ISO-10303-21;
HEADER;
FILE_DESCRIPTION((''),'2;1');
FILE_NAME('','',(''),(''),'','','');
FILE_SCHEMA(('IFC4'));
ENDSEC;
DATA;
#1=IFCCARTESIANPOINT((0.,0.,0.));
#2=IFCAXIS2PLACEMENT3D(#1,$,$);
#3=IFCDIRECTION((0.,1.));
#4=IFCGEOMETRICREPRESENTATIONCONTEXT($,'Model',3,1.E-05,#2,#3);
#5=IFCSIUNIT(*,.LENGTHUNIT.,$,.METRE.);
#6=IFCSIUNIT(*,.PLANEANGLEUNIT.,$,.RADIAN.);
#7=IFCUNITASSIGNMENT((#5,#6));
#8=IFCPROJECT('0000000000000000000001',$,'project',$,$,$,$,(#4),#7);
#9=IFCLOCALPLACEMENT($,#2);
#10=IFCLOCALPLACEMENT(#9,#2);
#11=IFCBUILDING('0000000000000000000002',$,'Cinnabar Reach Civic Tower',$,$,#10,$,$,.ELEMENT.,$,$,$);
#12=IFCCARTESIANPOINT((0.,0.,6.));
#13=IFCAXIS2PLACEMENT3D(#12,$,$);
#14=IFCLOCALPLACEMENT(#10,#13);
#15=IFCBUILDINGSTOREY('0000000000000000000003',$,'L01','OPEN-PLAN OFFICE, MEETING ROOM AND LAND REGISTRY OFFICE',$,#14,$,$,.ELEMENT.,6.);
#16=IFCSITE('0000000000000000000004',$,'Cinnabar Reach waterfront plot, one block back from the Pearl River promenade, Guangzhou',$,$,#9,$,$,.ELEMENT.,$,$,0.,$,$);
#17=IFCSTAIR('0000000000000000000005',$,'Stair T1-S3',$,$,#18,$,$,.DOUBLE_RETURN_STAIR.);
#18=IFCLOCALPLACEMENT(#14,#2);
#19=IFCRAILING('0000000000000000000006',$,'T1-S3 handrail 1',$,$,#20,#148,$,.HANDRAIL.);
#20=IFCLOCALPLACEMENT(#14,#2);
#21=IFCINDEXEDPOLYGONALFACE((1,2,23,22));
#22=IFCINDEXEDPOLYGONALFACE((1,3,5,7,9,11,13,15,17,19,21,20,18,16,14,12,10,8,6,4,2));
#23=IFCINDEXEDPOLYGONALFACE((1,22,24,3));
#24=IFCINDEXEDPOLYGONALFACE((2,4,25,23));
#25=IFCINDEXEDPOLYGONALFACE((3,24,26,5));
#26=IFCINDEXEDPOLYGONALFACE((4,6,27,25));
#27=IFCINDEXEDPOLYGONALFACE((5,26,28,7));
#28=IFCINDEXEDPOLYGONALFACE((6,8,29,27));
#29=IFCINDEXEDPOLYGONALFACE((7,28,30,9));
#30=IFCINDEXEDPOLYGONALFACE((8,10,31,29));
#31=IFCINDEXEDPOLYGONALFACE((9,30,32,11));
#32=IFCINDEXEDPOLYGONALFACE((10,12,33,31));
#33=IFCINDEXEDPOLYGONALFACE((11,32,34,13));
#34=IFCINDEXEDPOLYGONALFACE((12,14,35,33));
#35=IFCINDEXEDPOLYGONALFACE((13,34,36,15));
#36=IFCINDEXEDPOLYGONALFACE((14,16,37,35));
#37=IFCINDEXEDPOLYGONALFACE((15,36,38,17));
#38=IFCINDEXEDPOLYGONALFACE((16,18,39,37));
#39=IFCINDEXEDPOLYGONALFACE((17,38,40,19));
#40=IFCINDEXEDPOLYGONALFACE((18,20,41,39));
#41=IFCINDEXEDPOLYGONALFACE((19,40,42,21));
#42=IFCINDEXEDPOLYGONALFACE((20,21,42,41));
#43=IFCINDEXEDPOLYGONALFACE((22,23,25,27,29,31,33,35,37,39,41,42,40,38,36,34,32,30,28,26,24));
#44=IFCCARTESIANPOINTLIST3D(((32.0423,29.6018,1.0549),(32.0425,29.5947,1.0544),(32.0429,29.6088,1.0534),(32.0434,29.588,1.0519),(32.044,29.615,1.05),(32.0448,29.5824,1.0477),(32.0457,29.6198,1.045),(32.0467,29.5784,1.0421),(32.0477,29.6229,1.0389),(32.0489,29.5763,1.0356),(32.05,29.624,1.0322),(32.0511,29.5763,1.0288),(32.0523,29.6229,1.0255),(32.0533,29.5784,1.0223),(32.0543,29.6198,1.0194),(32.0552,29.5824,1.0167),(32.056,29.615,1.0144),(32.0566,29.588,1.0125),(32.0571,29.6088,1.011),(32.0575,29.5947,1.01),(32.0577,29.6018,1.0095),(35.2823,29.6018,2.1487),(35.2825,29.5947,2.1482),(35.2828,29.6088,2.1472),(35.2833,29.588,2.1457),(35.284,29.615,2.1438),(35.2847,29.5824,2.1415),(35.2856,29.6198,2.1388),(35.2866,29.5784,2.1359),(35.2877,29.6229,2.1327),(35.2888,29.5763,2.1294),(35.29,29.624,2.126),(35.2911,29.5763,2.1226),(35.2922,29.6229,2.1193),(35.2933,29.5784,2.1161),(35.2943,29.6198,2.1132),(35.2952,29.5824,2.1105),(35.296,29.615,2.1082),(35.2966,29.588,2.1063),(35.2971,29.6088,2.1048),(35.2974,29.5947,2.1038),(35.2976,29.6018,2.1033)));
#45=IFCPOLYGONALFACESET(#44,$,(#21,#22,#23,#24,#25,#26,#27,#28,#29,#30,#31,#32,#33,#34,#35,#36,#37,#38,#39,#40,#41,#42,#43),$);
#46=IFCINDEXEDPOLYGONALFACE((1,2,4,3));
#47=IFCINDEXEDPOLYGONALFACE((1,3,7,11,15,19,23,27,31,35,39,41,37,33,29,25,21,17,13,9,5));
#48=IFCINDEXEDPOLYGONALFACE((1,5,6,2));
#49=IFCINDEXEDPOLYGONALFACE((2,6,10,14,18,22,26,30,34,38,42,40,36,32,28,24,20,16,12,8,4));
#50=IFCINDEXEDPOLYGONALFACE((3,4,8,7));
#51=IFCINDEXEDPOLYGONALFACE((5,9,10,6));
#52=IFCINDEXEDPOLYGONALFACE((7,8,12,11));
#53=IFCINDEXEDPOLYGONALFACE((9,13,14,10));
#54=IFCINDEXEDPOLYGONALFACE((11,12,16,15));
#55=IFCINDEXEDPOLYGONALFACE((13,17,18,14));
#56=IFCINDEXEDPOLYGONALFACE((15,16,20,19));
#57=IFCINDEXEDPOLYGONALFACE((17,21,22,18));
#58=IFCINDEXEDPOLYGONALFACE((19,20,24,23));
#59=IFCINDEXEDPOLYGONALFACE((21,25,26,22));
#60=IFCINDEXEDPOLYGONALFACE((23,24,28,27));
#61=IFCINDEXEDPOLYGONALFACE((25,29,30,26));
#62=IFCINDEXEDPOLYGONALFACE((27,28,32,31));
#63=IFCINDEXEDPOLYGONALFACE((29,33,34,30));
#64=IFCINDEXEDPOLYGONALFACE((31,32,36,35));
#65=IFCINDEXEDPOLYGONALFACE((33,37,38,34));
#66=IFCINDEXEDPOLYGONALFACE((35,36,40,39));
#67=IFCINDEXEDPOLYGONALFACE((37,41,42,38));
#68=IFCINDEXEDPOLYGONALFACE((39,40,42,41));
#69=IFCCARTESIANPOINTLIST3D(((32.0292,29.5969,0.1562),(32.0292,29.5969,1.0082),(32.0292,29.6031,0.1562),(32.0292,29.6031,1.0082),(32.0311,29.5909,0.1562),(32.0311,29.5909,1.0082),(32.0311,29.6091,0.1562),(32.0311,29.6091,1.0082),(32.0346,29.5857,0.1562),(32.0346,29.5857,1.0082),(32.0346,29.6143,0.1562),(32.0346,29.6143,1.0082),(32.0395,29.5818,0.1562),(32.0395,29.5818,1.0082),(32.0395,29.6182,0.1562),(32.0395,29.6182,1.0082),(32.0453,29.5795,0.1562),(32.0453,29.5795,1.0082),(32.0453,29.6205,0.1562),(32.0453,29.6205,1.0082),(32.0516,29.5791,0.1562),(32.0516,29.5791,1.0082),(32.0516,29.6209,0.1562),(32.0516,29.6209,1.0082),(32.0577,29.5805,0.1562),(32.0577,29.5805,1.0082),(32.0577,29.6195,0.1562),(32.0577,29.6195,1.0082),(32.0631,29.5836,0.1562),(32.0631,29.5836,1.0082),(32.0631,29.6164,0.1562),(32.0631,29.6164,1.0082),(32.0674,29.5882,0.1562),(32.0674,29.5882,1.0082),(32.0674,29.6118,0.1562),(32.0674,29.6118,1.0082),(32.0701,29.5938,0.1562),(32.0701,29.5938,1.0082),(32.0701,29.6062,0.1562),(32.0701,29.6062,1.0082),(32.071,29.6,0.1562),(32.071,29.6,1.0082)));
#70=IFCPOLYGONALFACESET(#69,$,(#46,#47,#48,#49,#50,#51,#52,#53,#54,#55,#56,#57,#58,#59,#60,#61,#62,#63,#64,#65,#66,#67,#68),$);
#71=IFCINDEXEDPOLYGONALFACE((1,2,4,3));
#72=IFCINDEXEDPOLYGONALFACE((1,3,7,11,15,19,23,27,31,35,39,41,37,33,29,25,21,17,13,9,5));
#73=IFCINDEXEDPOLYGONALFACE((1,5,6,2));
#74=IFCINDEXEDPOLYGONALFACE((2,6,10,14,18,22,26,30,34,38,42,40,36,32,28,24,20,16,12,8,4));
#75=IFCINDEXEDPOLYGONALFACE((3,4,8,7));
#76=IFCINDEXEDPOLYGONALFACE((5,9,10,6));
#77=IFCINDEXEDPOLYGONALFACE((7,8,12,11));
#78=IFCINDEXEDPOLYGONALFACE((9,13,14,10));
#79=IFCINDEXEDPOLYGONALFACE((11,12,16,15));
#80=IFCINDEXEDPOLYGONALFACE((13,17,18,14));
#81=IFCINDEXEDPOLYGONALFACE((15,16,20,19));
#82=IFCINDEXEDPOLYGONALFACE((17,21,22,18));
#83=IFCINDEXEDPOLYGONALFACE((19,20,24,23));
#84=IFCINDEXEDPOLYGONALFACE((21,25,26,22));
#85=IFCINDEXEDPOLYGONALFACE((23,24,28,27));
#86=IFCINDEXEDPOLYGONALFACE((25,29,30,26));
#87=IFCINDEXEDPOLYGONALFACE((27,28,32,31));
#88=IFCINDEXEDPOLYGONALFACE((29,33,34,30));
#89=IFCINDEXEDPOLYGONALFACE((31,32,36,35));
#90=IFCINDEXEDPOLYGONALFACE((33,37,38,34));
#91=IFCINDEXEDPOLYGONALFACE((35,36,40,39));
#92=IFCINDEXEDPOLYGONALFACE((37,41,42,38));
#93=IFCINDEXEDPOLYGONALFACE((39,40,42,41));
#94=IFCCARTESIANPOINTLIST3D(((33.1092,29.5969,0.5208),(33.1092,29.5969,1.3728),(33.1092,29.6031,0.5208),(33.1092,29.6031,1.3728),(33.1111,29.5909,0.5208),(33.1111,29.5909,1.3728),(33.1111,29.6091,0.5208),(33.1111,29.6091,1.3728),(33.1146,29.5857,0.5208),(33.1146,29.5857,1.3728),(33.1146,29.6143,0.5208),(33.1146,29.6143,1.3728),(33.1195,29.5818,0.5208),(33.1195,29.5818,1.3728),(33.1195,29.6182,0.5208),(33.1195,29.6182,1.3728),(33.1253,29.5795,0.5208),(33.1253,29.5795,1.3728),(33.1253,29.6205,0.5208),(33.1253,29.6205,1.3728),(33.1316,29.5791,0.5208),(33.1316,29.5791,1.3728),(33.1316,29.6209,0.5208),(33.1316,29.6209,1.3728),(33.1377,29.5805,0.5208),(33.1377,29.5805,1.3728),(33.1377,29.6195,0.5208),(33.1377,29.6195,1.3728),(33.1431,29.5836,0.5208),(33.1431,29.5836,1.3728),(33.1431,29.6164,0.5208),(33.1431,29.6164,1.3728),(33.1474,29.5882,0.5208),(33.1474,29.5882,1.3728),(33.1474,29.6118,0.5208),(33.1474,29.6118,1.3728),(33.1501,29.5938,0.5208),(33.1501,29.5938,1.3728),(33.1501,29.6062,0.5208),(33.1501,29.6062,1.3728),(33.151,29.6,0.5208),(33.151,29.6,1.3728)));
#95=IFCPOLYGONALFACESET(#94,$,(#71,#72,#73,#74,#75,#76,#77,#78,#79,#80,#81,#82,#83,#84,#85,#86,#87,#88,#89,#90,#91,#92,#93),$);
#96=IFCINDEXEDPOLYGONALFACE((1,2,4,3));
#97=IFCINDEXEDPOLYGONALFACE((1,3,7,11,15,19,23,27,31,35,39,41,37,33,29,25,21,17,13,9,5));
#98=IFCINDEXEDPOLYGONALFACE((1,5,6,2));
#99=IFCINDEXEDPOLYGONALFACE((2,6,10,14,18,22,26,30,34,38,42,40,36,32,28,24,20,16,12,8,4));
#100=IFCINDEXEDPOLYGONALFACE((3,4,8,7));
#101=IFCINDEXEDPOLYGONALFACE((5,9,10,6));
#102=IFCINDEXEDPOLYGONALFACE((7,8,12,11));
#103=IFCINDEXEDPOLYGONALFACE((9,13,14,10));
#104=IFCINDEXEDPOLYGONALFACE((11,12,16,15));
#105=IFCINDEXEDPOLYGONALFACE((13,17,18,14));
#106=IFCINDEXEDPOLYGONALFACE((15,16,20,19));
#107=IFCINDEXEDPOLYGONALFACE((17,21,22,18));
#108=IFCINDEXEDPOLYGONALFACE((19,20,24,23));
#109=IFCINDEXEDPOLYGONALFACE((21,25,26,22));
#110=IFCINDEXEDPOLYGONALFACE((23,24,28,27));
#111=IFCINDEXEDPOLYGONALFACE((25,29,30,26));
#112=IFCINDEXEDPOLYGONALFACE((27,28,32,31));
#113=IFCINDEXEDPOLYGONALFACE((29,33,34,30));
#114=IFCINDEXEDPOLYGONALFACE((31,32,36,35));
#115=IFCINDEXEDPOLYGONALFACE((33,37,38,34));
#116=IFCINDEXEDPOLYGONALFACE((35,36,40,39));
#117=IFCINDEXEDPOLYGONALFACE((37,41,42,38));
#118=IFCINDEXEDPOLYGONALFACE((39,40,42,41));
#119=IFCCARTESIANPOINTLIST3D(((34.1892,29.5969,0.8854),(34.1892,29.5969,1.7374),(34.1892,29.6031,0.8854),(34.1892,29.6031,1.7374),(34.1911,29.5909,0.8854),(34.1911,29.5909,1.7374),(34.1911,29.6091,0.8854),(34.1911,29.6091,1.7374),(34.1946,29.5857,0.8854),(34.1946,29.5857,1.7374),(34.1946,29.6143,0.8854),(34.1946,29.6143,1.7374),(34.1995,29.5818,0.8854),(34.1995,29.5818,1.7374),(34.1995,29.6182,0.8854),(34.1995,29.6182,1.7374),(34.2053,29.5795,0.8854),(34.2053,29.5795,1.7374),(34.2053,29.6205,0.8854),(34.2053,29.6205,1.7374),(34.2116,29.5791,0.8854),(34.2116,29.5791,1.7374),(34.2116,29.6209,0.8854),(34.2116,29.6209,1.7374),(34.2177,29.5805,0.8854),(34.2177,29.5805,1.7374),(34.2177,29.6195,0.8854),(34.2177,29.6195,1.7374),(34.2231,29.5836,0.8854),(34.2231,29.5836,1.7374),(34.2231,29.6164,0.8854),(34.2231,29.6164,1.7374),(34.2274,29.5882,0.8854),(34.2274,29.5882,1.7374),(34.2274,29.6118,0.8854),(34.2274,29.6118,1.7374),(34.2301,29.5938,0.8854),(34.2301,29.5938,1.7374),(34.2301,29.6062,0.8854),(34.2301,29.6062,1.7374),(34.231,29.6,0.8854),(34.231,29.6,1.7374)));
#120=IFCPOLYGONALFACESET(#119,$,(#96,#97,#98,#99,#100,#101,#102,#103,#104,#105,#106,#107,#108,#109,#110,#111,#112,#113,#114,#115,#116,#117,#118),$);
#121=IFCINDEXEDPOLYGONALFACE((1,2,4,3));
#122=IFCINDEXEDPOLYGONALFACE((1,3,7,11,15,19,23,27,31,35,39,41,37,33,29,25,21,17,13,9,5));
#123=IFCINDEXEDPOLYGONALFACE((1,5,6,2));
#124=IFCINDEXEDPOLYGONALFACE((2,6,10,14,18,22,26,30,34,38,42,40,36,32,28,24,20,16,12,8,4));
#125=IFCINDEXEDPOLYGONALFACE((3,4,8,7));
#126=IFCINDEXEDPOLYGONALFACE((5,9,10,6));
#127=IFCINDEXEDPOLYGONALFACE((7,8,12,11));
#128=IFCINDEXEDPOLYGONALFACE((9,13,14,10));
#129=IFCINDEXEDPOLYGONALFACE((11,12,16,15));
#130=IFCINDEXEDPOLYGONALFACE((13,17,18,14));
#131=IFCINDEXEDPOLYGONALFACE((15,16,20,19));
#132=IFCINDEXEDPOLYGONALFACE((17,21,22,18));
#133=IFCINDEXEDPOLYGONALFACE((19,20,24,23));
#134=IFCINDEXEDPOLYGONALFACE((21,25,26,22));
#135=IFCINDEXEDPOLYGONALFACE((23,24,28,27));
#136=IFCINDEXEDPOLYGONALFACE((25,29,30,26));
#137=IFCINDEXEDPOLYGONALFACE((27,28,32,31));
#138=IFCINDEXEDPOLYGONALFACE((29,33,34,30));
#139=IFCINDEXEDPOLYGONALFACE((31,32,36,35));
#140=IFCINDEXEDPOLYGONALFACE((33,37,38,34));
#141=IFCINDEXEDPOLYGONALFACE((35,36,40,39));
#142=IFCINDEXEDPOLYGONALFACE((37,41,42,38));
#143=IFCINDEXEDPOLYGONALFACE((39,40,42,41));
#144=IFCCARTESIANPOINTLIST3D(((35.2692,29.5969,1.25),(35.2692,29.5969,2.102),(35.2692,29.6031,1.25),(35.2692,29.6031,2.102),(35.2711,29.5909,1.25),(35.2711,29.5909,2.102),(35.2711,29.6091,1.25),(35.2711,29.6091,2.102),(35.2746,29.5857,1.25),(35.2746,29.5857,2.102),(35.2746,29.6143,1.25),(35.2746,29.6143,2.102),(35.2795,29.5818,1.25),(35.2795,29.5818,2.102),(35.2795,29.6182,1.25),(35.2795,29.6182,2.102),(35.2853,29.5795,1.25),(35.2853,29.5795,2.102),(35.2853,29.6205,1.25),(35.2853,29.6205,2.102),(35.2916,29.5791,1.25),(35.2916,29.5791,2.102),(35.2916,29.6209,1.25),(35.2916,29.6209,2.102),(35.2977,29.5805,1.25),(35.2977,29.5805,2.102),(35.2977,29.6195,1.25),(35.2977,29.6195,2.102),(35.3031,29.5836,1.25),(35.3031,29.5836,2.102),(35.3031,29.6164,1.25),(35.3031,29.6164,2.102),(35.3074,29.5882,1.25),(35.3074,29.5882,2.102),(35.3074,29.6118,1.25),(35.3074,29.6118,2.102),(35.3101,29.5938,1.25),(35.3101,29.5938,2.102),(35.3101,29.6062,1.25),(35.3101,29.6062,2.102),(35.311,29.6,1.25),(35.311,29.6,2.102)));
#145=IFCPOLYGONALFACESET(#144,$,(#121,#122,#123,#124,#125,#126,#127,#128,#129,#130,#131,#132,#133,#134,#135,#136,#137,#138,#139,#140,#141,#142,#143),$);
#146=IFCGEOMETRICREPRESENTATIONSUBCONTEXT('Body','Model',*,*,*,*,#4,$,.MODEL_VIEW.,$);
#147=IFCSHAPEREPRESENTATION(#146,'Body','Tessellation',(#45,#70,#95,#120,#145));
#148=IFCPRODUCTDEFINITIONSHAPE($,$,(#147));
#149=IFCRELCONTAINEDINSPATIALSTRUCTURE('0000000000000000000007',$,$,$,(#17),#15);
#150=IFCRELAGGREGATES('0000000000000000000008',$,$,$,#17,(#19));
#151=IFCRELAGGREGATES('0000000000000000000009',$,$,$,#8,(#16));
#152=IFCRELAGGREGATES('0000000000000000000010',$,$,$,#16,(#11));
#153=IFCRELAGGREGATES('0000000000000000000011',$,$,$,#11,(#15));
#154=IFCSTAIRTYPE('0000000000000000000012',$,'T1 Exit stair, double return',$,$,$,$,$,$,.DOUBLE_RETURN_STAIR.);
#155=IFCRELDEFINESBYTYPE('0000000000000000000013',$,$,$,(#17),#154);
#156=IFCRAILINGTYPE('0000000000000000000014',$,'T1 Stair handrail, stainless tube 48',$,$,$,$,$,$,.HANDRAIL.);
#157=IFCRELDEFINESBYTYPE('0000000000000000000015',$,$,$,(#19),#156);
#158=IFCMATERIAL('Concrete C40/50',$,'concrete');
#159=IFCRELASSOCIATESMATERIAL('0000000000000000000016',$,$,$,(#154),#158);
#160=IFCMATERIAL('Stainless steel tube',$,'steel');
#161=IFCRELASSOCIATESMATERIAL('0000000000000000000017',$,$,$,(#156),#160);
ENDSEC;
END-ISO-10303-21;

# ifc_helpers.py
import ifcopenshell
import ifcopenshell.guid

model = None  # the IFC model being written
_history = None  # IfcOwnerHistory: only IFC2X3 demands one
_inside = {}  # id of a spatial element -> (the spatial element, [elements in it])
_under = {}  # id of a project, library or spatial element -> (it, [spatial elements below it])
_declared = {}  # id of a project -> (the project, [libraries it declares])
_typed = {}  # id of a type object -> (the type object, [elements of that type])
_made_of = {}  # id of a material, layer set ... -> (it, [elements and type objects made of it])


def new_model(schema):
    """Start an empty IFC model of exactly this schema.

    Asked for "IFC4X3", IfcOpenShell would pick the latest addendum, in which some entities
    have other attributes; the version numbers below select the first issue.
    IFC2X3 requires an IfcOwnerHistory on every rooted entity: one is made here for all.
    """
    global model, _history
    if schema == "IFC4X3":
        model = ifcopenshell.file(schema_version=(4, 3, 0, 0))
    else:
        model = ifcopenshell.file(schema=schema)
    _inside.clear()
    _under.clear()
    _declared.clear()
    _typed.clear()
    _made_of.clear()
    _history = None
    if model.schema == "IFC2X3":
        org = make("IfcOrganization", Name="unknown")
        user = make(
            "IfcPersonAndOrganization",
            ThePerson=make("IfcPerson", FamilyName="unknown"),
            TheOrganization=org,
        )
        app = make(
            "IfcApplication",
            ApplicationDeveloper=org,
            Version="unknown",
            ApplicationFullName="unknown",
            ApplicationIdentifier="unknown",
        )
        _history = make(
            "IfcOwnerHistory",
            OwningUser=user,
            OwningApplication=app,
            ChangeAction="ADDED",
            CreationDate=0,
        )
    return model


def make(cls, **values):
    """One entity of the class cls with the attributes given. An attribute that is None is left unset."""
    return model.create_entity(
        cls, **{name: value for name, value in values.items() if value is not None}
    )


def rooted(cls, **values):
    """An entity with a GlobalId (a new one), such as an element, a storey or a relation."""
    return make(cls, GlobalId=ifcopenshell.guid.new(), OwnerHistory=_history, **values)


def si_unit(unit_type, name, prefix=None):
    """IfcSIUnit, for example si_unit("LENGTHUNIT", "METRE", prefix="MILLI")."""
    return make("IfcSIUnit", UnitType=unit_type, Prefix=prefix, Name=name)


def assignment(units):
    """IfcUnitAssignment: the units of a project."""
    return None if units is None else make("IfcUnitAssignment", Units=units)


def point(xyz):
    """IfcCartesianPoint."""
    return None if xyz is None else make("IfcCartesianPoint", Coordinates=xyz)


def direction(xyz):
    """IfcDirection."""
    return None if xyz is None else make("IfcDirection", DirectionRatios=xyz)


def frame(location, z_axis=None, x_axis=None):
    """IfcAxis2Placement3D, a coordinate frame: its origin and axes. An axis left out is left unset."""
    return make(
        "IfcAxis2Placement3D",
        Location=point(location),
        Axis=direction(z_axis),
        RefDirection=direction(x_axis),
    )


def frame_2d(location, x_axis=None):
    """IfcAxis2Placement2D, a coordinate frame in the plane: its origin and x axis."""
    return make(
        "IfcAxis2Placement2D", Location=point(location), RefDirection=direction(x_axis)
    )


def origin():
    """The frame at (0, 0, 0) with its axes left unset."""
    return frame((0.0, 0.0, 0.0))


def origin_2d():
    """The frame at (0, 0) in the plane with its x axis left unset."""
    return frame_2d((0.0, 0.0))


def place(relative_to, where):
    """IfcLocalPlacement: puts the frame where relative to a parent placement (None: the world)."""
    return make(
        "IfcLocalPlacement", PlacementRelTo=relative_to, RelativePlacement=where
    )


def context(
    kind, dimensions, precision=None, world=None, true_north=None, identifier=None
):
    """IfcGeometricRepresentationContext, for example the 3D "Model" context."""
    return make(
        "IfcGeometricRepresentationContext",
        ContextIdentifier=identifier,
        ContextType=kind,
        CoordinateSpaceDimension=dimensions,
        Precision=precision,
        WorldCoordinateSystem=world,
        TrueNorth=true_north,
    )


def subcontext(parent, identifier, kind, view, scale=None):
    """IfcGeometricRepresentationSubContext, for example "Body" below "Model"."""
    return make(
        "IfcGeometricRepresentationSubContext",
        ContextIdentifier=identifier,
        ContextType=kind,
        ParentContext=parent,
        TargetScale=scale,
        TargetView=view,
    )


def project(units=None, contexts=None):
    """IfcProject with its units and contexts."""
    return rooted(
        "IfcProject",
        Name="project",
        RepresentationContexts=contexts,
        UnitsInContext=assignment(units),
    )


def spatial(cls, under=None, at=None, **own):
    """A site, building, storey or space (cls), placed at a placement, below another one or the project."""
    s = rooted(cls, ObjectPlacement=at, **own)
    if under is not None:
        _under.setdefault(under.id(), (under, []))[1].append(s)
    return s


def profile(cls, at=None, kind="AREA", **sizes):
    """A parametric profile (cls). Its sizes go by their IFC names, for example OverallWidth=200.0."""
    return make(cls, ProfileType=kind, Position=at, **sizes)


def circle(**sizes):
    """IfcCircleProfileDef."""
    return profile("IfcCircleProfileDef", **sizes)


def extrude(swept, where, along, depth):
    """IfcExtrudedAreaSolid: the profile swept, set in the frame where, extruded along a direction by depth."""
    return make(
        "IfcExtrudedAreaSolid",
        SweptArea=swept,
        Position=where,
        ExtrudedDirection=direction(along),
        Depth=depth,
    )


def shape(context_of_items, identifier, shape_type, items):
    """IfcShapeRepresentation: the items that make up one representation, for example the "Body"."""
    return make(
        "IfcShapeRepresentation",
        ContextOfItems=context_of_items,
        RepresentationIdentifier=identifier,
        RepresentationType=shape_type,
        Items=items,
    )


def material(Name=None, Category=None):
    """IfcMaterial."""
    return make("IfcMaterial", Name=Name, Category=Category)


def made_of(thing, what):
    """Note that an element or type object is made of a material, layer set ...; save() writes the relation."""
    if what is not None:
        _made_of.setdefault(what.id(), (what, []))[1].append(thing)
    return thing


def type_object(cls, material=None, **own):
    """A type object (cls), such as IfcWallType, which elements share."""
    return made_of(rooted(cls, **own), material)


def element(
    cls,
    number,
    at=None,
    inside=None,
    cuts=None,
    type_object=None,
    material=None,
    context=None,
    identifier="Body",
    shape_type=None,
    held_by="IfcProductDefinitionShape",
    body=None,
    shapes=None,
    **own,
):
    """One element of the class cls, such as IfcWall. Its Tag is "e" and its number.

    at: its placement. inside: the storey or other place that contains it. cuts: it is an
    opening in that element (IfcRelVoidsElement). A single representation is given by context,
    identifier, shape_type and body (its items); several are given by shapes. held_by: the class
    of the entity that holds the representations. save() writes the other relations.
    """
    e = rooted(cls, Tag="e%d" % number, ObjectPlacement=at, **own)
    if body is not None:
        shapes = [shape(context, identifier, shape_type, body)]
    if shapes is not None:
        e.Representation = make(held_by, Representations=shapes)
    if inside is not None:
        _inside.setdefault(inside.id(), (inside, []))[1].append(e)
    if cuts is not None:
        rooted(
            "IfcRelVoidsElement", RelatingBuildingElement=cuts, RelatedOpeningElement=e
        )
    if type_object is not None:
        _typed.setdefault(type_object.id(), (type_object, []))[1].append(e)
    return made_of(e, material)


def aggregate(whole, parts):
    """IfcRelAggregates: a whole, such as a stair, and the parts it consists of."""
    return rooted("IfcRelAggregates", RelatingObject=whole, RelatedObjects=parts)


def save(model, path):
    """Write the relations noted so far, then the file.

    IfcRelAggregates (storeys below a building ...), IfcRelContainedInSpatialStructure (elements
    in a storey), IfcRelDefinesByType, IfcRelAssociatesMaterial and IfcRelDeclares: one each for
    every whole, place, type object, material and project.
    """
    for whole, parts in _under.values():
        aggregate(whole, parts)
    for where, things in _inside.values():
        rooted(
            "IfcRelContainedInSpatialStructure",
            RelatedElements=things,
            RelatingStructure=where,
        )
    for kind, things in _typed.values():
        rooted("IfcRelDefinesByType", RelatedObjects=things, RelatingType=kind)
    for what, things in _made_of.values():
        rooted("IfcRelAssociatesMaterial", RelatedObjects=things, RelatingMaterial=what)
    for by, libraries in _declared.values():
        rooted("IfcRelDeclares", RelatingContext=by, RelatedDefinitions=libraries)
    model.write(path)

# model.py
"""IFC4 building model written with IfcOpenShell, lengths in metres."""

from ifc_helpers import new_model, si_unit, direction, frame, origin, origin_2d, place, context, subcontext, project, spatial, circle, extrude, material, type_object, element, aggregate, save


model = new_model("IFC4")

# Units and contexts
model_context = context("Model", 3, precision=1e-05, world=origin(), true_north=direction((0.0, 1.0)))
body_context = subcontext(model_context, "Body", "Model", "MODEL_VIEW")
ifc_project = project(units=[si_unit("LENGTHUNIT", "METRE"), si_unit("PLANEANGLEUNIT", "RADIAN")], contexts=[model_context])

# Site, building, storey
site_placement = place(None, origin())
site = spatial("IfcSite", under=ifc_project, at=site_placement, Name="Cinnabar Reach waterfront plot, one block back from the Pearl River promenade, Guangzhou", CompositionType="ELEMENT", RefElevation=0.0)
building_placement = place(site_placement, origin())
building = spatial("IfcBuilding", under=site, at=building_placement, Name="Cinnabar Reach Civic Tower", CompositionType="ELEMENT")
storey_placement = place(building_placement, frame((0.0, 0.0, 6.0)))
storey = spatial("IfcBuildingStorey", under=building, at=storey_placement, Name="L01", Description="OPEN-PLAN OFFICE, MEETING ROOM AND LAND REGISTRY OFFICE", CompositionType="ELEMENT", Elevation=6.0)

# Stair, railing
ifc_material_1 = material(Name="Concrete C40/50", Category="concrete")
stair_type = type_object("IfcStairType", Name="T1 Exit stair, double return", PredefinedType="DOUBLE_RETURN_STAIR", material=ifc_material_1)
stair_placement = place(storey_placement, origin())
stair = element("IfcStair", 1, at=stair_placement, inside=storey, type_object=stair_type, Name="Stair T1-S3", PredefinedType="DOUBLE_RETURN_STAIR")
ifc_material_2 = material(Name="Stainless steel tube", Category="steel")
railing_type = type_object("IfcRailingType", Name="T1 Stair handrail, stainless tube 48", PredefinedType="HANDRAIL", material=ifc_material_2)
railing_1_placement = place(storey_placement, frame((32.05, 29.6, 0.1562)))
railing_1 = element("IfcRailing", 2, at=railing_1_placement, type_object=railing_type, Name="T1-S3 handrail 1", PredefinedType="HANDRAIL", context=body_context, shape_type="SweptSolid", body=[
    extrude(circle(Radius=0.024, at=origin_2d()), frame((0.0, 0.0, 0.876), z_axis=(0.947466, 0.0, 0.319857), x_axis=(0.0, 1.0, 0.0)), (0.0, 0.0, 1.0), 3.4196),
    extrude(circle(Radius=0.021, at=origin_2d()), origin(), (0.0, 0.0, 1.0), 0.852),
    extrude(circle(Radius=0.021, at=origin_2d()), frame((1.08, 0.0, 0.3646)), (0.0, 0.0, 1.0), 0.852),
    extrude(circle(Radius=0.021, at=origin_2d()), frame((2.16, 0.0, 0.7292)), (0.0, 0.0, 1.0), 0.852),
    extrude(circle(Radius=0.021, at=origin_2d()), frame((3.24, 0.0, 1.0938)), (0.0, 0.0, 1.0), 0.852),
])
aggregate(stair, [railing_1])

save(model, "model.ifc")
